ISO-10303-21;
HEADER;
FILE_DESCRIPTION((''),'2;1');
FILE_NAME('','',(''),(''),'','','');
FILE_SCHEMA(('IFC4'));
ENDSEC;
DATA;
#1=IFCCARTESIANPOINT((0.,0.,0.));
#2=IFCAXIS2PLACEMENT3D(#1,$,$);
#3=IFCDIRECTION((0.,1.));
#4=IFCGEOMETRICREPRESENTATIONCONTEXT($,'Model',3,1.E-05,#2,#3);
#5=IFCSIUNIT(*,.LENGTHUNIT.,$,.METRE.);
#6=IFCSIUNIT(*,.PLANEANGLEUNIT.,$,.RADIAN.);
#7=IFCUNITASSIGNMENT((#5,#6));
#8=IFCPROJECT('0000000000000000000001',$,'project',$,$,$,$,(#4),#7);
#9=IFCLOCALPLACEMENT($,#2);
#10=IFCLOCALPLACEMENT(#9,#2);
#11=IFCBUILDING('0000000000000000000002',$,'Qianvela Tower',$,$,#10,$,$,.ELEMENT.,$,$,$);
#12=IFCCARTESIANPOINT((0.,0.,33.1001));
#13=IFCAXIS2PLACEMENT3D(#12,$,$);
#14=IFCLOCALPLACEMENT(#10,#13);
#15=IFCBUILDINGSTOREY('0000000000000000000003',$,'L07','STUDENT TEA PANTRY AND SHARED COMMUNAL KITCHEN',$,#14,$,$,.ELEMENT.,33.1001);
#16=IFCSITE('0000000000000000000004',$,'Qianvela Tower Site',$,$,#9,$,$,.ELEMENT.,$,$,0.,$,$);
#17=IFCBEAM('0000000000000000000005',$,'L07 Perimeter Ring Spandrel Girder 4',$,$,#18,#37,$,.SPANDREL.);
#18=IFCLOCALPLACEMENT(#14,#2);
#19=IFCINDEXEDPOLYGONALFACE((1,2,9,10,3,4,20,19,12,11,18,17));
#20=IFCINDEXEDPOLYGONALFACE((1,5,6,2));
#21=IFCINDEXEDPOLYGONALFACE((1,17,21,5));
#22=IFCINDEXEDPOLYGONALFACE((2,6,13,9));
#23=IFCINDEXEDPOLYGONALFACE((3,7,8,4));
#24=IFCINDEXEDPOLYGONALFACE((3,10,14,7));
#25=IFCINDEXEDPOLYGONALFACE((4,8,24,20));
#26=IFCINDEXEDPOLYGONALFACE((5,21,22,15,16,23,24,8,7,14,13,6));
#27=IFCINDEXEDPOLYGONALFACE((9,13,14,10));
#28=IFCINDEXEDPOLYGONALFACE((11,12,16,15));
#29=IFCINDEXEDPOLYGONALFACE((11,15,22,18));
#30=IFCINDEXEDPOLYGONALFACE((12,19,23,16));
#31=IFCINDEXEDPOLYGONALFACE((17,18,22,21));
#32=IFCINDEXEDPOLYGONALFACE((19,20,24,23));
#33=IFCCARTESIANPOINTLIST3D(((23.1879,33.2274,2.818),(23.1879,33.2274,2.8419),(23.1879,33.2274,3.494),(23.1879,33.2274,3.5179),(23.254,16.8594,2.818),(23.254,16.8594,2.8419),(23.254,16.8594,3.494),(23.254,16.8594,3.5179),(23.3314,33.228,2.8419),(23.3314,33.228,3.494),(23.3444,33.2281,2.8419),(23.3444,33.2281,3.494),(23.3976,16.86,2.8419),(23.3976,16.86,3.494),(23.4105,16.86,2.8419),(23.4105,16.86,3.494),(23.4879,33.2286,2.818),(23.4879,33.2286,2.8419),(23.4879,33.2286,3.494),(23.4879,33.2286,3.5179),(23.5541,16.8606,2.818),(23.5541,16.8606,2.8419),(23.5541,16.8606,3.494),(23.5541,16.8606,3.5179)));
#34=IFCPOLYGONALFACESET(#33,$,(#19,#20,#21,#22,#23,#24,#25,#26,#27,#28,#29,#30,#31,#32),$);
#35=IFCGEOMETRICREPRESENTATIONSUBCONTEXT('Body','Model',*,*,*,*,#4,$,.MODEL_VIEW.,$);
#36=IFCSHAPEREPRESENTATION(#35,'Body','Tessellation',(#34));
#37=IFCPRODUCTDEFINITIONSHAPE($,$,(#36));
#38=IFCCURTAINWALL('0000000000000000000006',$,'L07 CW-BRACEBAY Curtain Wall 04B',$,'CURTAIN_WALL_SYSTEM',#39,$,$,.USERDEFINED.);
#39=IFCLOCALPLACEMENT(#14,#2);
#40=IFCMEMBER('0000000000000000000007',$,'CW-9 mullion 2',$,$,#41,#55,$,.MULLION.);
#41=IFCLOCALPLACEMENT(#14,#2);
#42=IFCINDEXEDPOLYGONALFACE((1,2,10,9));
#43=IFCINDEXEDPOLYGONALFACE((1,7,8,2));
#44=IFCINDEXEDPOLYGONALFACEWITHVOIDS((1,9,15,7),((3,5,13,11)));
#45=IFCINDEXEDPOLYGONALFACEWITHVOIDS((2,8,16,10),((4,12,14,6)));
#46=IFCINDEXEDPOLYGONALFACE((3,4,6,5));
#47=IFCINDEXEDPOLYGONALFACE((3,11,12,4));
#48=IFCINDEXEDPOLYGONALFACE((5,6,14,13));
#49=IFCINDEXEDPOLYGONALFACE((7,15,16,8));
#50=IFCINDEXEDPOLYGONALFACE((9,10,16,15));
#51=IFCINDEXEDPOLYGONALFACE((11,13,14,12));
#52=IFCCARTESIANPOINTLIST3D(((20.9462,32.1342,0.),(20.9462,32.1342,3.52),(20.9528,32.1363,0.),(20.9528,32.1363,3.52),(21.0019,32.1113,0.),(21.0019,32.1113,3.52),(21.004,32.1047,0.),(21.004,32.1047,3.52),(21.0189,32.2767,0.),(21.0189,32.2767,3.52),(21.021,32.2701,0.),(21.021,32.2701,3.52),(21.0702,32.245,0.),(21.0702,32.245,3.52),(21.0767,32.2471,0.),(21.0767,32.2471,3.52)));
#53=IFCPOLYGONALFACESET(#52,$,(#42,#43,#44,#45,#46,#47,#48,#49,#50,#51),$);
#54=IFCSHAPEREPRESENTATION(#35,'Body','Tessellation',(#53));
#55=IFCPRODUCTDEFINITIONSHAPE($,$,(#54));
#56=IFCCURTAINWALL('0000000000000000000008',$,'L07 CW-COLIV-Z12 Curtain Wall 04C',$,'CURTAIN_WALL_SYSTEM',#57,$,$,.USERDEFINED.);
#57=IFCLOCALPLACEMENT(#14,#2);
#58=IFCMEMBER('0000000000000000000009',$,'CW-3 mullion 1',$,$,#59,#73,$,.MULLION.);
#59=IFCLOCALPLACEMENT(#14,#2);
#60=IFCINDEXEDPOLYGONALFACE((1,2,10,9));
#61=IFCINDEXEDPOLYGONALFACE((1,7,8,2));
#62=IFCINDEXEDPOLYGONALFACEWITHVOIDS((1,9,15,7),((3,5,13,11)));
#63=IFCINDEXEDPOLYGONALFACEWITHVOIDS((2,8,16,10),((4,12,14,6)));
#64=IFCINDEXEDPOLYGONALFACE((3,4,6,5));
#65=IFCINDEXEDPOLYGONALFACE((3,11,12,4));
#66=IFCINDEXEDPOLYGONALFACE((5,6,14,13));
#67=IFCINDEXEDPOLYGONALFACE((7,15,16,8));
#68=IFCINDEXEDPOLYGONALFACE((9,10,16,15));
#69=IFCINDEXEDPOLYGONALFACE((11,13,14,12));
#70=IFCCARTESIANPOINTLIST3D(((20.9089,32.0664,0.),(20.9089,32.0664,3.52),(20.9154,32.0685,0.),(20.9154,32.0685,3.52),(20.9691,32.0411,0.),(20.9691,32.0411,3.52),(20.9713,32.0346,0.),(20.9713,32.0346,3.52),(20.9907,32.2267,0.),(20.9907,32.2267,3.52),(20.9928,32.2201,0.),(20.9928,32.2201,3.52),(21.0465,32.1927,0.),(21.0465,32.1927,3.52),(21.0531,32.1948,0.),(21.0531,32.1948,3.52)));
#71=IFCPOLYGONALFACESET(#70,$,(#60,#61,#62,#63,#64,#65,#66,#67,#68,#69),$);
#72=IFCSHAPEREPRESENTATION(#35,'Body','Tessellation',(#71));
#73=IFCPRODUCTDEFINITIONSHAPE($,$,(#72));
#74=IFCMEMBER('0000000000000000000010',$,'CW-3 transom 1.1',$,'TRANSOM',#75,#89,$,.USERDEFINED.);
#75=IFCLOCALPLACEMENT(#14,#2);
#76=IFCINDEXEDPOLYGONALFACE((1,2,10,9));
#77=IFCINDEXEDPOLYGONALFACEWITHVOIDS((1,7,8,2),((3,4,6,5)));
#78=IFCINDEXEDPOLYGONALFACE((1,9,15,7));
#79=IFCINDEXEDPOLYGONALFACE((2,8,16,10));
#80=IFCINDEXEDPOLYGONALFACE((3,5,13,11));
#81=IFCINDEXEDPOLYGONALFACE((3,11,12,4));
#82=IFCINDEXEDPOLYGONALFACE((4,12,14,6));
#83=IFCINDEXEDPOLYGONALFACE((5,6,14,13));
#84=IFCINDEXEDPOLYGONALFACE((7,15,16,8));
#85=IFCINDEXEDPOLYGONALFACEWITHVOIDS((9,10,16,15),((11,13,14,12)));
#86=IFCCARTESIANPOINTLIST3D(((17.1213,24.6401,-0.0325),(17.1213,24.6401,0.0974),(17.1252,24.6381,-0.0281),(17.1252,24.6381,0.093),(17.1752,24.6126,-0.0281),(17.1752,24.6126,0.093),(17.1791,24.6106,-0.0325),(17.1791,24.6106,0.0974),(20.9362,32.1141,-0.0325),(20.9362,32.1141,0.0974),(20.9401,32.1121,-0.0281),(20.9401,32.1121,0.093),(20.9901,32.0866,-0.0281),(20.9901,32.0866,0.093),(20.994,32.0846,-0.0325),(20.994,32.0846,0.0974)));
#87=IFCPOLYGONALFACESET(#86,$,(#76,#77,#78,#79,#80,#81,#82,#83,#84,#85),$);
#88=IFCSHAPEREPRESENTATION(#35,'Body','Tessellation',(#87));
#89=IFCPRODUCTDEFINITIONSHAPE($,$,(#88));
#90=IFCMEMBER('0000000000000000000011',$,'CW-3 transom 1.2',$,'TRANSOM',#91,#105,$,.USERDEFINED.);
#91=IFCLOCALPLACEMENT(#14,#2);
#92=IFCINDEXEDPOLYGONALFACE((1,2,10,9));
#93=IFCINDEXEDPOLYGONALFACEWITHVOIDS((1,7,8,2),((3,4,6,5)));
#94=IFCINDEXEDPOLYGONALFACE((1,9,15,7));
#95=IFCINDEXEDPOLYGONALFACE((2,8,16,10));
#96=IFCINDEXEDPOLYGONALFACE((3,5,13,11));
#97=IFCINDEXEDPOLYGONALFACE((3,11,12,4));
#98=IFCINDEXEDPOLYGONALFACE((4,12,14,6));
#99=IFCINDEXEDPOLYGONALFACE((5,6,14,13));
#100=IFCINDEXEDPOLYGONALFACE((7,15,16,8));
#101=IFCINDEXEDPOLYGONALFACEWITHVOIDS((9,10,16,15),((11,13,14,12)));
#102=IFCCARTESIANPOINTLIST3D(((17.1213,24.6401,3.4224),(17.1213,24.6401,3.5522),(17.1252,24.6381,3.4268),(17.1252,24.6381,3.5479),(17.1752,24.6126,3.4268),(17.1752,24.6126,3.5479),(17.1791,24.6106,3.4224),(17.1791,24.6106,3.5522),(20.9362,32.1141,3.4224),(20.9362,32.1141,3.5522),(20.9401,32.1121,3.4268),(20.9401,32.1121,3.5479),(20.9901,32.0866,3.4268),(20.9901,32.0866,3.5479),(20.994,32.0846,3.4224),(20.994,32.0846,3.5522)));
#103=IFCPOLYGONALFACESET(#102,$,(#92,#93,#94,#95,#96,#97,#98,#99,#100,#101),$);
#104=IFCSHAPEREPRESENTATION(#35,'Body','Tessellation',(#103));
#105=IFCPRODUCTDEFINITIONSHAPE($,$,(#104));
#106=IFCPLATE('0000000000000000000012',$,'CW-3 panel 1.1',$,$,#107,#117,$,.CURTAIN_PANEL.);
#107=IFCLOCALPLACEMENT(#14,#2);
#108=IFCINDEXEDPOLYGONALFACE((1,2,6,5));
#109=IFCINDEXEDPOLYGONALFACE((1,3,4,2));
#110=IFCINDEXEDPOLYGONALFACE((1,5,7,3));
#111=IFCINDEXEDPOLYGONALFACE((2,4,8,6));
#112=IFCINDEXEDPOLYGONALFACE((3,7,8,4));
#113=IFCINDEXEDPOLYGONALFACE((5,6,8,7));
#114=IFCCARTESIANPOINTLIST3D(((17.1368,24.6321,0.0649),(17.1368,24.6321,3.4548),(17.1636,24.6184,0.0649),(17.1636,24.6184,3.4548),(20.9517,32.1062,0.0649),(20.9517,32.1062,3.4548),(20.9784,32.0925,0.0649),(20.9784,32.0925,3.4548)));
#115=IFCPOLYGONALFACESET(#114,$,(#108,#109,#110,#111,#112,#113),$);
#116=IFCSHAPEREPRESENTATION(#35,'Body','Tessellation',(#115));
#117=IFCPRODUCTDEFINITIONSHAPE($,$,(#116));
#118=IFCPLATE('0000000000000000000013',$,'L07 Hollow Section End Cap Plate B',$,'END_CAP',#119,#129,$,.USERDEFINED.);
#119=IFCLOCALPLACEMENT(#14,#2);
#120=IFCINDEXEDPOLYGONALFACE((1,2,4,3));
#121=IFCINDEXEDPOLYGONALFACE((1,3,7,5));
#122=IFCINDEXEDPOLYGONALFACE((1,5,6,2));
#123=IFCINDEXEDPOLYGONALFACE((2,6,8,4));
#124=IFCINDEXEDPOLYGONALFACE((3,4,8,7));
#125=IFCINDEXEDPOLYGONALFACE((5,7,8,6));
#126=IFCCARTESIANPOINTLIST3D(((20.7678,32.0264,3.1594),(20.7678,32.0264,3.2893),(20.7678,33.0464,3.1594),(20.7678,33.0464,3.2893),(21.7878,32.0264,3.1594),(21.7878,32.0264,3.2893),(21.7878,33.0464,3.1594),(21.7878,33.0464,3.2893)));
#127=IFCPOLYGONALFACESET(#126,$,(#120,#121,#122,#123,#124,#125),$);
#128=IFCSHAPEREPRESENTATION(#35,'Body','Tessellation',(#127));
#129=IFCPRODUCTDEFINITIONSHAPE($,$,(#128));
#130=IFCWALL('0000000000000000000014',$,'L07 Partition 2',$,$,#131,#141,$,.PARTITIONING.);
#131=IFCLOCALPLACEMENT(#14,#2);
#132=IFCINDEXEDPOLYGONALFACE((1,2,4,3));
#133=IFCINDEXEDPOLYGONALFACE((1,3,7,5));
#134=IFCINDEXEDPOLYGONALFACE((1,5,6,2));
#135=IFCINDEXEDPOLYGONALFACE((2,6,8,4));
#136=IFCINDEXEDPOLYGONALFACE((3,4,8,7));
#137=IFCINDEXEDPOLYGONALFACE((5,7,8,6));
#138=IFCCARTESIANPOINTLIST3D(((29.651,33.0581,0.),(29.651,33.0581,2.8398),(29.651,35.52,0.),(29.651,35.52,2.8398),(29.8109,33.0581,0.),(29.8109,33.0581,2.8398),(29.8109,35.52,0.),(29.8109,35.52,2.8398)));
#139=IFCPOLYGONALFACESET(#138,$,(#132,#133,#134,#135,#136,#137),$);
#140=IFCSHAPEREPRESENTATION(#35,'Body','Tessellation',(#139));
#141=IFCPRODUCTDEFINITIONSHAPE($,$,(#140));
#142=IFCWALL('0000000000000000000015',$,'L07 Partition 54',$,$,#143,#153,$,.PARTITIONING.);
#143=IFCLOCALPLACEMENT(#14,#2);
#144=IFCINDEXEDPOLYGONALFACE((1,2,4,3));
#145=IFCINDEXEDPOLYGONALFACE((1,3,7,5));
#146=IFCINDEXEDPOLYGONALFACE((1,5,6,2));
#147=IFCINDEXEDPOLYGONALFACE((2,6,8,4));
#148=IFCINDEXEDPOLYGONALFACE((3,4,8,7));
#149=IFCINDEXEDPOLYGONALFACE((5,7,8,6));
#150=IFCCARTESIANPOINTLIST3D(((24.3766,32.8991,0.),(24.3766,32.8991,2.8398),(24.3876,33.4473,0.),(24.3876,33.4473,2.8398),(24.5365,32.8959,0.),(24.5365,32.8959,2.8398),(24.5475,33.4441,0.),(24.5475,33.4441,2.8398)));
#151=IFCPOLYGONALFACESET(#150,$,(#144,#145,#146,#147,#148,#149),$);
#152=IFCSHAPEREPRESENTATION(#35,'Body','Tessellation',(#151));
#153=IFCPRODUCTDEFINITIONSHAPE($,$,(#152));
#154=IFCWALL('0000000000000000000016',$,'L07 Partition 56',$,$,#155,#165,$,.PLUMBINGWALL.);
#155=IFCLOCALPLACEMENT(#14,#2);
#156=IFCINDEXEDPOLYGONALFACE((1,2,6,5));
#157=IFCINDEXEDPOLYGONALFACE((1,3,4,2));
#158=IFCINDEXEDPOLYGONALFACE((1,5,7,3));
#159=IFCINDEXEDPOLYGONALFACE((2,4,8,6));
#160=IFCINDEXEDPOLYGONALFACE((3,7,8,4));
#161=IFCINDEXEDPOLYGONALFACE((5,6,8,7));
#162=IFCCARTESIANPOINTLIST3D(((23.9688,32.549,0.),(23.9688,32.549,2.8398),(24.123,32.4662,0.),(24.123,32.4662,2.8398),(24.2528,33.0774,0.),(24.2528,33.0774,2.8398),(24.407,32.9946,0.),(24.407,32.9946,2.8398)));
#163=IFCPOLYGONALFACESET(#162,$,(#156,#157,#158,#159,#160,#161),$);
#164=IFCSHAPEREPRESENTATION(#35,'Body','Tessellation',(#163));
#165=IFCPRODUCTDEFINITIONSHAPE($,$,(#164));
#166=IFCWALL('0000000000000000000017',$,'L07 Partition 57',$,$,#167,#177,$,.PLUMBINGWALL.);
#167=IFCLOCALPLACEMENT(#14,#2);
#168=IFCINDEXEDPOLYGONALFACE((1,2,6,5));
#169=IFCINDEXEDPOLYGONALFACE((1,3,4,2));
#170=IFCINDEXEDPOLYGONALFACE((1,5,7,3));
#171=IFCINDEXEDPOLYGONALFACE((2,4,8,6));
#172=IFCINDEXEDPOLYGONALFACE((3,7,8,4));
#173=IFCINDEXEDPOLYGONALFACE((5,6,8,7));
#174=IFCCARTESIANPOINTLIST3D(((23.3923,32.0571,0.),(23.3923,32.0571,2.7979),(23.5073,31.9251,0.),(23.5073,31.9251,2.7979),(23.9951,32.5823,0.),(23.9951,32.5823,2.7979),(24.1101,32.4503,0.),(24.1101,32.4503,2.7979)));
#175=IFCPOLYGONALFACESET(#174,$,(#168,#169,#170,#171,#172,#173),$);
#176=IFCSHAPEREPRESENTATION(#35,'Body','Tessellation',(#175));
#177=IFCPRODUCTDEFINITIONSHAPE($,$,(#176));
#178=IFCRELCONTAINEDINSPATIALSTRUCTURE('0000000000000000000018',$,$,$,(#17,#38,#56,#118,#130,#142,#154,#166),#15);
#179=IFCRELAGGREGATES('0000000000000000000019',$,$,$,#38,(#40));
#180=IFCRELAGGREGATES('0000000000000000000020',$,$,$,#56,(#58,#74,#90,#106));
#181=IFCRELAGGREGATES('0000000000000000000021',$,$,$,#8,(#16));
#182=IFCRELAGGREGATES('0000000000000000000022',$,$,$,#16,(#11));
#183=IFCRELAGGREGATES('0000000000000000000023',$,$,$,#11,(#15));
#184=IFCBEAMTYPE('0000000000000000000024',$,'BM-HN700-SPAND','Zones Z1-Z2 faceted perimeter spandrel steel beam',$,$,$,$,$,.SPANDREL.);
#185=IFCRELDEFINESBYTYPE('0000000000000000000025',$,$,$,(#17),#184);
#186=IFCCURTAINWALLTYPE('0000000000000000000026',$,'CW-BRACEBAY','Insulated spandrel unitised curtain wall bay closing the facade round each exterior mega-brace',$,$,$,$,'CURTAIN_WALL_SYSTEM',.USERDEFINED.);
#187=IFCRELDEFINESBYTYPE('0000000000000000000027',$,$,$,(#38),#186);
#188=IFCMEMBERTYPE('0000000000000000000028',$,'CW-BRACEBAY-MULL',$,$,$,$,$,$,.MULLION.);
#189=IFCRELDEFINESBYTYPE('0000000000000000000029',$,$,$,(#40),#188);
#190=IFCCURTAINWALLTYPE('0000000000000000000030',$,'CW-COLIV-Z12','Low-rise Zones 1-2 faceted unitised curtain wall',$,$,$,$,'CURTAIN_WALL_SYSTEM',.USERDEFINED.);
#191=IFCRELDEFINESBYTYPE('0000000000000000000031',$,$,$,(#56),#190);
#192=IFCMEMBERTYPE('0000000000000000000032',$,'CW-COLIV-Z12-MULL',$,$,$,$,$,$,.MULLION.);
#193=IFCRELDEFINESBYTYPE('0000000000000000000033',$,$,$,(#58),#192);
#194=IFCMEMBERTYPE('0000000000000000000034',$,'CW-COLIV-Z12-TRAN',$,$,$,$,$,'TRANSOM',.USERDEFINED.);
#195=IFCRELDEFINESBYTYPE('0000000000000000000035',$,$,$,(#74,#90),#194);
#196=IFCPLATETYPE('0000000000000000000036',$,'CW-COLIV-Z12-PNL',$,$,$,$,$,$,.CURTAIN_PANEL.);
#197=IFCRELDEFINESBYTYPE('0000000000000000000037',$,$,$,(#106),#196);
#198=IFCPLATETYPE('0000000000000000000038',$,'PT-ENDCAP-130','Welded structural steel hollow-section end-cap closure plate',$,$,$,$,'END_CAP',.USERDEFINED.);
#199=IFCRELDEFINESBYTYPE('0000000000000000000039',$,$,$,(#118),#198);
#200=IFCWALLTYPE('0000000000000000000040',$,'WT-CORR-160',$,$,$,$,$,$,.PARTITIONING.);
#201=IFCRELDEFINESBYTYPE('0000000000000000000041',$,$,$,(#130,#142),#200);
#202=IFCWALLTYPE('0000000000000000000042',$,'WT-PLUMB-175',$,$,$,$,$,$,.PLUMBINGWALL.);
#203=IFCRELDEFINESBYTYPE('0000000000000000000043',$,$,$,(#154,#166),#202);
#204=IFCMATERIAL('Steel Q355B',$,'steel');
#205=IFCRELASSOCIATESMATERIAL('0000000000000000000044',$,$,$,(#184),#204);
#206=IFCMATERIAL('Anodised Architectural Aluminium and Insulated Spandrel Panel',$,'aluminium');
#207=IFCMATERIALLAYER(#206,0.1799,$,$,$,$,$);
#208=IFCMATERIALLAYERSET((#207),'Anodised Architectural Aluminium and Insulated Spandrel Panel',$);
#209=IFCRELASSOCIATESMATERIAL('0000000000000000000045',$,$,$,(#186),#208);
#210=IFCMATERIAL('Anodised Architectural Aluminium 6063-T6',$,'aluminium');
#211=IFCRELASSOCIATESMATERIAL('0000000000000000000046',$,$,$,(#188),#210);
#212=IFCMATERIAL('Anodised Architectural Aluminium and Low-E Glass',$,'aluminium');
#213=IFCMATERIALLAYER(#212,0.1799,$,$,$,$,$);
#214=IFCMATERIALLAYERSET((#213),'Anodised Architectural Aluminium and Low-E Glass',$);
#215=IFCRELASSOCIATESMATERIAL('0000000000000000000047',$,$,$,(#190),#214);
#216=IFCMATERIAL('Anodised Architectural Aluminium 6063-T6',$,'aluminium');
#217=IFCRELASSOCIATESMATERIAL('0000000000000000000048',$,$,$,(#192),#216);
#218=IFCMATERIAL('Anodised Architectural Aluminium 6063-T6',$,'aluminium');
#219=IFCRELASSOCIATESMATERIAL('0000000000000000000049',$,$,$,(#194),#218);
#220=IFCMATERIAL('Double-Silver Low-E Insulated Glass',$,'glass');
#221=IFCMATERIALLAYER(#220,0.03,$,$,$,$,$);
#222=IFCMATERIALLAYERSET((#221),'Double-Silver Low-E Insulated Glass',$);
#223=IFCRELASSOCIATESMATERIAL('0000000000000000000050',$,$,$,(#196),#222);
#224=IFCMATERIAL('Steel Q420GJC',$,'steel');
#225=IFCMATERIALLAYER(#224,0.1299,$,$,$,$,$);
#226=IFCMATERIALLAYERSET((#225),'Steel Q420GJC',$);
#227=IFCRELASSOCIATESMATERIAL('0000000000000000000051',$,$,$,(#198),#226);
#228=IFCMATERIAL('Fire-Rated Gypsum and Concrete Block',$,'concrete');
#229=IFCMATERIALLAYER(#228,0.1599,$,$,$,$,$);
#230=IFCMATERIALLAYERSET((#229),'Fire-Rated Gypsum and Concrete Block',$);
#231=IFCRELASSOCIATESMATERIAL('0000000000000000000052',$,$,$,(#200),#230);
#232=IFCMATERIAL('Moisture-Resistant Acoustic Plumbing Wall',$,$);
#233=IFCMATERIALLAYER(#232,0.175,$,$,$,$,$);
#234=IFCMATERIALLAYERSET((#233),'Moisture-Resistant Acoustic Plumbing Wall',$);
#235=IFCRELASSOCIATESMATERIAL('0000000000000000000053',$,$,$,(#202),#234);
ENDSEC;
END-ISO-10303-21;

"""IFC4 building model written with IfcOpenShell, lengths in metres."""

from ifc_helpers import new_model, si_unit, direction, frame, frame_2d, origin, origin_2d, place, context, subcontext, project, spatial, rectangle, hollow_rectangle, i_section, extrude, material, layer, layer_set, material_profile, profile_set, type_object, element, aggregate, save


model = new_model("IFC4")

# Units and contexts
model_context = context("Model", 3, precision=1e-05, world=origin(), true_north=direction((0.0, 1.0)))
body_context = subcontext(model_context, "Body", "Model", "MODEL_VIEW")
ifc_project = project(units=[si_unit("LENGTHUNIT", "METRE"), si_unit("PLANEANGLEUNIT", "RADIAN")], contexts=[model_context])

# Site, building, storey
site_placement = place(None, origin())
site = spatial("IfcSite", under=ifc_project, at=site_placement, Name="Qianvela Tower Site", CompositionType="ELEMENT", RefElevation=0.0)
building_placement = place(site_placement, origin())
building = spatial("IfcBuilding", under=site, at=building_placement, Name="Qianvela Tower", CompositionType="ELEMENT")
storey_placement = place(building_placement, frame((0.0, 0.0, 33.1001)))
storey = spatial("IfcBuildingStorey", under=building, at=storey_placement, Name="L07", Description="STUDENT TEA PANTRY AND SHARED COMMUNAL KITCHEN", CompositionType="ELEMENT", Elevation=33.1001)

# Beam
ifc_material_1 = material(Name="Steel Q355B", Category="steel")
ifc_material_profile_1 = material_profile(ifc_material_1, i_section(OverallWidth=0.3, OverallDepth=0.7, WebThickness=0.0129, FlangeThickness=0.0239, at=origin_2d()), Name="HN700x300x13x24")
ifc_profile_set_1 = profile_set([ifc_material_profile_1], Name="Steel Q355B")
beam_type_1 = type_object("IfcBeamType", Name="BM-HN700-SPAND", Description="Zones Z1-Z2 faceted perimeter spandrel steel beam", PredefinedType="SPANDREL", material=ifc_profile_set_1)
beam_1_placement = place(storey_placement, frame((23.3379, 33.228, 3.168), z_axis=(0.004042, -0.999992, 0.0), x_axis=(0.999992, 0.004042, 0.0)))
element("IfcBeam", 1, at=beam_1_placement, inside=storey, type_object=beam_type_1, Name="L07 Perimeter Ring Spandrel Girder 4", PredefinedType="SPANDREL", context=body_context, shape_type="SweptSolid", body=[
    extrude(i_section(OverallWidth=0.3, OverallDepth=0.7, WebThickness=0.0129, FlangeThickness=0.0239, at=origin_2d()), origin(), (0.0, 0.0, 1.0), 16.3682),
])

# Curtain wall, member
ifc_material_2 = material(Name="Anodised Architectural Aluminium and Insulated Spandrel Panel", Category="aluminium")
ifc_layer_1 = layer(ifc_material_2, 0.1799)
ifc_layer_set_1 = layer_set([ifc_layer_1], Name="Anodised Architectural Aluminium and Insulated Spandrel Panel")
curtain_wall_type_1 = type_object("IfcCurtainWallType", Name="CW-BRACEBAY", Description="Insulated spandrel unitised curtain wall bay closing the facade round each exterior mega-brace", ElementType="CURTAIN_WALL_SYSTEM", PredefinedType="USERDEFINED", material=ifc_layer_set_1)
curtain_wall_1_placement = place(storey_placement, origin())
curtain_wall_1 = element("IfcCurtainWall", 2, at=curtain_wall_1_placement, inside=storey, type_object=curtain_wall_type_1, Name="L07 CW-BRACEBAY Curtain Wall 04B", ObjectType="CURTAIN_WALL_SYSTEM", PredefinedType="USERDEFINED")
ifc_material_3 = material(Name="Anodised Architectural Aluminium 6063-T6", Category="aluminium")
ifc_material_profile_2 = material_profile(ifc_material_3, hollow_rectangle(XDim=0.0649, YDim=0.1599, WallThickness=0.0049, at=origin_2d()), Name="ALU-MULL-65x160")
ifc_profile_set_2 = profile_set([ifc_material_profile_2], Name="Anodised Architectural Aluminium 6063-T6")
member_type_1 = type_object("IfcMemberType", Name="CW-BRACEBAY-MULL", PredefinedType="MULLION", material=ifc_profile_set_2)
member_1_placement = place(storey_placement, frame((21.0115, 32.1907, 0.0), z_axis=(0.0, 0.0, 1.0), x_axis=(0.890689, -0.454613, 0.0)))
member_1 = element("IfcMember", 3, at=member_1_placement, type_object=member_type_1, Name="CW-9 mullion 2", PredefinedType="MULLION", context=body_context, shape_type="SweptSolid", body=[
    extrude(hollow_rectangle(XDim=0.0649, YDim=0.1599, WallThickness=0.0049, at=origin_2d()), origin(), (0.0, 0.0, 1.0), 3.52),
])
aggregate(curtain_wall_1, [member_1])

# Curtain wall, members, plate
ifc_material_4 = material(Name="Anodised Architectural Aluminium and Low-E Glass", Category="aluminium")
ifc_layer_2 = layer(ifc_material_4, 0.1799)
ifc_layer_set_2 = layer_set([ifc_layer_2], Name="Anodised Architectural Aluminium and Low-E Glass")
curtain_wall_type_2 = type_object("IfcCurtainWallType", Name="CW-COLIV-Z12", Description="Low-rise Zones 1-2 faceted unitised curtain wall", ElementType="CURTAIN_WALL_SYSTEM", PredefinedType="USERDEFINED", material=ifc_layer_set_2)
curtain_wall_2_placement = place(storey_placement, origin())
curtain_wall_2 = element("IfcCurtainWall", 4, at=curtain_wall_2_placement, inside=storey, type_object=curtain_wall_type_2, Name="L07 CW-COLIV-Z12 Curtain Wall 04C", ObjectType="CURTAIN_WALL_SYSTEM", PredefinedType="USERDEFINED")
ifc_material_5 = material(Name="Anodised Architectural Aluminium 6063-T6", Category="aluminium")
ifc_material_profile_3 = material_profile(ifc_material_5, hollow_rectangle(XDim=0.0701, YDim=0.1799, WallThickness=0.0049, at=origin_2d()), Name="ALU-MULL-70x180")
ifc_profile_set_3 = profile_set([ifc_material_profile_3], Name="Anodised Architectural Aluminium 6063-T6")
member_type_2 = type_object("IfcMemberType", Name="CW-COLIV-Z12-MULL", PredefinedType="MULLION", material=ifc_profile_set_3)
member_2_placement = place(storey_placement, frame((20.981, 32.1306, 0.0), z_axis=(0.0, 0.0, 1.0), x_axis=(0.890688, -0.454616, 0.0)))
member_2 = element("IfcMember", 5, at=member_2_placement, type_object=member_type_2, Name="CW-3 mullion 1", PredefinedType="MULLION", context=body_context, shape_type="SweptSolid", body=[
    extrude(hollow_rectangle(XDim=0.0701, YDim=0.1799, WallThickness=0.0049, at=origin_2d()), origin(), (0.0, 0.0, 1.0), 3.52),
])
ifc_material_6 = material(Name="Anodised Architectural Aluminium 6063-T6", Category="aluminium")
ifc_material_profile_4 = material_profile(ifc_material_6, hollow_rectangle(XDim=0.0649, YDim=0.1299, WallThickness=0.0044, at=origin_2d()), Name="ALU-TRAN-65x130")
ifc_profile_set_4 = profile_set([ifc_material_profile_4], Name="Anodised Architectural Aluminium 6063-T6")
member_type_3 = type_object("IfcMemberType", Name="CW-COLIV-Z12-TRAN", ElementType="TRANSOM", PredefinedType="USERDEFINED", material=ifc_profile_set_4)
member_3_placement = place(storey_placement, frame((20.9651, 32.0994, 0.0325), z_axis=(-0.454623, -0.890684, 0.0), x_axis=(0.890684, -0.454623, 0.0)))
member_3 = element("IfcMember", 6, at=member_3_placement, type_object=member_type_3, Name="CW-3 transom 1.1", ObjectType="TRANSOM", PredefinedType="USERDEFINED", context=body_context, shape_type="SweptSolid", body=[
    extrude(hollow_rectangle(XDim=0.0649, YDim=0.1299, WallThickness=0.0044, at=origin_2d()), origin(), (0.0, 0.0, 1.0), 8.3914),
])
member_4_placement = place(storey_placement, frame((20.9651, 32.0994, 3.4873), z_axis=(-0.454623, -0.890684, 0.0), x_axis=(0.890684, -0.454623, 0.0)))
member_4 = element("IfcMember", 7, at=member_4_placement, type_object=member_type_3, Name="CW-3 transom 1.2", ObjectType="TRANSOM", PredefinedType="USERDEFINED", context=body_context, shape_type="SweptSolid", body=[
    extrude(hollow_rectangle(XDim=0.0649, YDim=0.1299, WallThickness=0.0044, at=origin_2d()), origin(), (0.0, 0.0, 1.0), 8.3914),
])
ifc_material_7 = material(Name="Double-Silver Low-E Insulated Glass", Category="glass")
ifc_layer_3 = layer(ifc_material_7, 0.03)
ifc_layer_set_3 = layer_set([ifc_layer_3], Name="Double-Silver Low-E Insulated Glass")
plate_type_1 = type_object("IfcPlateType", Name="CW-COLIV-Z12-PNL", PredefinedType="CURTAIN_PANEL", material=ifc_layer_set_3)
plate_1_placement = place(storey_placement, frame((19.0576, 28.3623, 0.0649), z_axis=(0.0, 0.0, 1.0), x_axis=(-0.454616, -0.890688, 0.0)))
plate_1 = element("IfcPlate", 8, at=plate_1_placement, type_object=plate_type_1, Name="CW-3 panel 1.1", PredefinedType="CURTAIN_PANEL", context=body_context, shape_type="SweptSolid", body=[
    extrude(rectangle(XDim=8.3914, YDim=0.03, at=origin_2d()), origin(), (0.0, 0.0, 1.0), 3.3899),
])
aggregate(curtain_wall_2, [member_2, member_3, member_4, plate_1])

# Plate
ifc_material_8 = material(Name="Steel Q420GJC", Category="steel")
ifc_layer_4 = layer(ifc_material_8, 0.1299)
ifc_layer_set_4 = layer_set([ifc_layer_4], Name="Steel Q420GJC")
plate_type_2 = type_object("IfcPlateType", Name="PT-ENDCAP-130", Description="Welded structural steel hollow-section end-cap closure plate", ElementType="END_CAP", PredefinedType="USERDEFINED", material=ifc_layer_set_4)
plate_2_placement = place(storey_placement, frame((21.2778, 32.5364, 3.1594), z_axis=(0.0, 0.0, 1.0), x_axis=(1.0, 0.0, 0.0)))
element("IfcPlate", 9, at=plate_2_placement, inside=storey, type_object=plate_type_2, Name="L07 Hollow Section End Cap Plate B", ObjectType="END_CAP", PredefinedType="USERDEFINED", context=body_context, shape_type="SweptSolid", body=[
    extrude(rectangle(XDim=1.02, YDim=1.02, at=origin_2d()), origin(), (0.0, 0.0, 1.0), 0.1299),
])

# Walls
ifc_material_9 = material(Name="Fire-Rated Gypsum and Concrete Block", Category="concrete")
ifc_layer_5 = layer(ifc_material_9, 0.1599)
ifc_layer_set_5 = layer_set([ifc_layer_5], Name="Fire-Rated Gypsum and Concrete Block")
wall_type_1 = type_object("IfcWallType", Name="WT-CORR-160", PredefinedType="PARTITIONING", material=ifc_layer_set_5)
wall_1_placement = place(storey_placement, frame((29.731, 33.0581, 0.0), z_axis=(0.0, 0.0, 1.0), x_axis=(0.0, 1.0, 0.0)))
element("IfcWall", 10, at=wall_1_placement, inside=storey, type_object=wall_type_1, Name="L07 Partition 2", PredefinedType="PARTITIONING", context=body_context, shape_type="SweptSolid", body=[
    extrude(rectangle(XDim=2.4619, YDim=0.1599, at=frame_2d((1.231, 0.0))), origin(), (0.0, 0.0, 1.0), 2.8398),
])
wall_2_placement = place(storey_placement, frame((24.4565, 32.8975, 0.0), z_axis=(0.0, 0.0, 1.0), x_axis=(0.020032, 0.999799, 0.0)))
element("IfcWall", 11, at=wall_2_placement, inside=storey, type_object=wall_type_1, Name="L07 Partition 54", PredefinedType="PARTITIONING", context=body_context, shape_type="SweptSolid", body=[
    extrude(rectangle(XDim=0.5483, YDim=0.1599, at=frame_2d((0.2742, 0.0))), origin(), (0.0, 0.0, 1.0), 2.8398),
])
ifc_material_10 = material(Name="Moisture-Resistant Acoustic Plumbing Wall")
ifc_layer_6 = layer(ifc_material_10, 0.175)
ifc_layer_set_6 = layer_set([ifc_layer_6], Name="Moisture-Resistant Acoustic Plumbing Wall")
wall_type_2 = type_object("IfcWallType", Name="WT-PLUMB-175", PredefinedType="PLUMBINGWALL", material=ifc_layer_set_6)
wall_3_placement = place(storey_placement, frame((24.3298, 33.0359, 0.0), z_axis=(0.0, 0.0, 1.0), x_axis=(-0.473396, -0.88085, 0.0)))
element("IfcWall", 12, at=wall_3_placement, inside=storey, type_object=wall_type_2, Name="L07 Partition 56", PredefinedType="PLUMBINGWALL", context=body_context, shape_type="SweptSolid", body=[
    extrude(rectangle(XDim=0.5999, YDim=0.175, at=frame_2d((0.2998, 0.0))), origin(), (0.0, 0.0, 1.0), 2.8398),
])
wall_4_placement = place(storey_placement, frame((24.0527, 32.5164, 0.0), z_axis=(0.0, 0.0, 1.0), x_axis=(-0.753994, -0.656882, 0.0)))
element("IfcWall", 13, at=wall_4_placement, inside=storey, type_object=wall_type_2, Name="L07 Partition 57", PredefinedType="PLUMBINGWALL", context=body_context, shape_type="SweptSolid", body=[
    extrude(rectangle(XDim=0.7996, YDim=0.175, at=frame_2d((0.3999, 0.0))), origin(), (0.0, 0.0, 1.0), 2.7979),
])

save(model, "model.ifc")
